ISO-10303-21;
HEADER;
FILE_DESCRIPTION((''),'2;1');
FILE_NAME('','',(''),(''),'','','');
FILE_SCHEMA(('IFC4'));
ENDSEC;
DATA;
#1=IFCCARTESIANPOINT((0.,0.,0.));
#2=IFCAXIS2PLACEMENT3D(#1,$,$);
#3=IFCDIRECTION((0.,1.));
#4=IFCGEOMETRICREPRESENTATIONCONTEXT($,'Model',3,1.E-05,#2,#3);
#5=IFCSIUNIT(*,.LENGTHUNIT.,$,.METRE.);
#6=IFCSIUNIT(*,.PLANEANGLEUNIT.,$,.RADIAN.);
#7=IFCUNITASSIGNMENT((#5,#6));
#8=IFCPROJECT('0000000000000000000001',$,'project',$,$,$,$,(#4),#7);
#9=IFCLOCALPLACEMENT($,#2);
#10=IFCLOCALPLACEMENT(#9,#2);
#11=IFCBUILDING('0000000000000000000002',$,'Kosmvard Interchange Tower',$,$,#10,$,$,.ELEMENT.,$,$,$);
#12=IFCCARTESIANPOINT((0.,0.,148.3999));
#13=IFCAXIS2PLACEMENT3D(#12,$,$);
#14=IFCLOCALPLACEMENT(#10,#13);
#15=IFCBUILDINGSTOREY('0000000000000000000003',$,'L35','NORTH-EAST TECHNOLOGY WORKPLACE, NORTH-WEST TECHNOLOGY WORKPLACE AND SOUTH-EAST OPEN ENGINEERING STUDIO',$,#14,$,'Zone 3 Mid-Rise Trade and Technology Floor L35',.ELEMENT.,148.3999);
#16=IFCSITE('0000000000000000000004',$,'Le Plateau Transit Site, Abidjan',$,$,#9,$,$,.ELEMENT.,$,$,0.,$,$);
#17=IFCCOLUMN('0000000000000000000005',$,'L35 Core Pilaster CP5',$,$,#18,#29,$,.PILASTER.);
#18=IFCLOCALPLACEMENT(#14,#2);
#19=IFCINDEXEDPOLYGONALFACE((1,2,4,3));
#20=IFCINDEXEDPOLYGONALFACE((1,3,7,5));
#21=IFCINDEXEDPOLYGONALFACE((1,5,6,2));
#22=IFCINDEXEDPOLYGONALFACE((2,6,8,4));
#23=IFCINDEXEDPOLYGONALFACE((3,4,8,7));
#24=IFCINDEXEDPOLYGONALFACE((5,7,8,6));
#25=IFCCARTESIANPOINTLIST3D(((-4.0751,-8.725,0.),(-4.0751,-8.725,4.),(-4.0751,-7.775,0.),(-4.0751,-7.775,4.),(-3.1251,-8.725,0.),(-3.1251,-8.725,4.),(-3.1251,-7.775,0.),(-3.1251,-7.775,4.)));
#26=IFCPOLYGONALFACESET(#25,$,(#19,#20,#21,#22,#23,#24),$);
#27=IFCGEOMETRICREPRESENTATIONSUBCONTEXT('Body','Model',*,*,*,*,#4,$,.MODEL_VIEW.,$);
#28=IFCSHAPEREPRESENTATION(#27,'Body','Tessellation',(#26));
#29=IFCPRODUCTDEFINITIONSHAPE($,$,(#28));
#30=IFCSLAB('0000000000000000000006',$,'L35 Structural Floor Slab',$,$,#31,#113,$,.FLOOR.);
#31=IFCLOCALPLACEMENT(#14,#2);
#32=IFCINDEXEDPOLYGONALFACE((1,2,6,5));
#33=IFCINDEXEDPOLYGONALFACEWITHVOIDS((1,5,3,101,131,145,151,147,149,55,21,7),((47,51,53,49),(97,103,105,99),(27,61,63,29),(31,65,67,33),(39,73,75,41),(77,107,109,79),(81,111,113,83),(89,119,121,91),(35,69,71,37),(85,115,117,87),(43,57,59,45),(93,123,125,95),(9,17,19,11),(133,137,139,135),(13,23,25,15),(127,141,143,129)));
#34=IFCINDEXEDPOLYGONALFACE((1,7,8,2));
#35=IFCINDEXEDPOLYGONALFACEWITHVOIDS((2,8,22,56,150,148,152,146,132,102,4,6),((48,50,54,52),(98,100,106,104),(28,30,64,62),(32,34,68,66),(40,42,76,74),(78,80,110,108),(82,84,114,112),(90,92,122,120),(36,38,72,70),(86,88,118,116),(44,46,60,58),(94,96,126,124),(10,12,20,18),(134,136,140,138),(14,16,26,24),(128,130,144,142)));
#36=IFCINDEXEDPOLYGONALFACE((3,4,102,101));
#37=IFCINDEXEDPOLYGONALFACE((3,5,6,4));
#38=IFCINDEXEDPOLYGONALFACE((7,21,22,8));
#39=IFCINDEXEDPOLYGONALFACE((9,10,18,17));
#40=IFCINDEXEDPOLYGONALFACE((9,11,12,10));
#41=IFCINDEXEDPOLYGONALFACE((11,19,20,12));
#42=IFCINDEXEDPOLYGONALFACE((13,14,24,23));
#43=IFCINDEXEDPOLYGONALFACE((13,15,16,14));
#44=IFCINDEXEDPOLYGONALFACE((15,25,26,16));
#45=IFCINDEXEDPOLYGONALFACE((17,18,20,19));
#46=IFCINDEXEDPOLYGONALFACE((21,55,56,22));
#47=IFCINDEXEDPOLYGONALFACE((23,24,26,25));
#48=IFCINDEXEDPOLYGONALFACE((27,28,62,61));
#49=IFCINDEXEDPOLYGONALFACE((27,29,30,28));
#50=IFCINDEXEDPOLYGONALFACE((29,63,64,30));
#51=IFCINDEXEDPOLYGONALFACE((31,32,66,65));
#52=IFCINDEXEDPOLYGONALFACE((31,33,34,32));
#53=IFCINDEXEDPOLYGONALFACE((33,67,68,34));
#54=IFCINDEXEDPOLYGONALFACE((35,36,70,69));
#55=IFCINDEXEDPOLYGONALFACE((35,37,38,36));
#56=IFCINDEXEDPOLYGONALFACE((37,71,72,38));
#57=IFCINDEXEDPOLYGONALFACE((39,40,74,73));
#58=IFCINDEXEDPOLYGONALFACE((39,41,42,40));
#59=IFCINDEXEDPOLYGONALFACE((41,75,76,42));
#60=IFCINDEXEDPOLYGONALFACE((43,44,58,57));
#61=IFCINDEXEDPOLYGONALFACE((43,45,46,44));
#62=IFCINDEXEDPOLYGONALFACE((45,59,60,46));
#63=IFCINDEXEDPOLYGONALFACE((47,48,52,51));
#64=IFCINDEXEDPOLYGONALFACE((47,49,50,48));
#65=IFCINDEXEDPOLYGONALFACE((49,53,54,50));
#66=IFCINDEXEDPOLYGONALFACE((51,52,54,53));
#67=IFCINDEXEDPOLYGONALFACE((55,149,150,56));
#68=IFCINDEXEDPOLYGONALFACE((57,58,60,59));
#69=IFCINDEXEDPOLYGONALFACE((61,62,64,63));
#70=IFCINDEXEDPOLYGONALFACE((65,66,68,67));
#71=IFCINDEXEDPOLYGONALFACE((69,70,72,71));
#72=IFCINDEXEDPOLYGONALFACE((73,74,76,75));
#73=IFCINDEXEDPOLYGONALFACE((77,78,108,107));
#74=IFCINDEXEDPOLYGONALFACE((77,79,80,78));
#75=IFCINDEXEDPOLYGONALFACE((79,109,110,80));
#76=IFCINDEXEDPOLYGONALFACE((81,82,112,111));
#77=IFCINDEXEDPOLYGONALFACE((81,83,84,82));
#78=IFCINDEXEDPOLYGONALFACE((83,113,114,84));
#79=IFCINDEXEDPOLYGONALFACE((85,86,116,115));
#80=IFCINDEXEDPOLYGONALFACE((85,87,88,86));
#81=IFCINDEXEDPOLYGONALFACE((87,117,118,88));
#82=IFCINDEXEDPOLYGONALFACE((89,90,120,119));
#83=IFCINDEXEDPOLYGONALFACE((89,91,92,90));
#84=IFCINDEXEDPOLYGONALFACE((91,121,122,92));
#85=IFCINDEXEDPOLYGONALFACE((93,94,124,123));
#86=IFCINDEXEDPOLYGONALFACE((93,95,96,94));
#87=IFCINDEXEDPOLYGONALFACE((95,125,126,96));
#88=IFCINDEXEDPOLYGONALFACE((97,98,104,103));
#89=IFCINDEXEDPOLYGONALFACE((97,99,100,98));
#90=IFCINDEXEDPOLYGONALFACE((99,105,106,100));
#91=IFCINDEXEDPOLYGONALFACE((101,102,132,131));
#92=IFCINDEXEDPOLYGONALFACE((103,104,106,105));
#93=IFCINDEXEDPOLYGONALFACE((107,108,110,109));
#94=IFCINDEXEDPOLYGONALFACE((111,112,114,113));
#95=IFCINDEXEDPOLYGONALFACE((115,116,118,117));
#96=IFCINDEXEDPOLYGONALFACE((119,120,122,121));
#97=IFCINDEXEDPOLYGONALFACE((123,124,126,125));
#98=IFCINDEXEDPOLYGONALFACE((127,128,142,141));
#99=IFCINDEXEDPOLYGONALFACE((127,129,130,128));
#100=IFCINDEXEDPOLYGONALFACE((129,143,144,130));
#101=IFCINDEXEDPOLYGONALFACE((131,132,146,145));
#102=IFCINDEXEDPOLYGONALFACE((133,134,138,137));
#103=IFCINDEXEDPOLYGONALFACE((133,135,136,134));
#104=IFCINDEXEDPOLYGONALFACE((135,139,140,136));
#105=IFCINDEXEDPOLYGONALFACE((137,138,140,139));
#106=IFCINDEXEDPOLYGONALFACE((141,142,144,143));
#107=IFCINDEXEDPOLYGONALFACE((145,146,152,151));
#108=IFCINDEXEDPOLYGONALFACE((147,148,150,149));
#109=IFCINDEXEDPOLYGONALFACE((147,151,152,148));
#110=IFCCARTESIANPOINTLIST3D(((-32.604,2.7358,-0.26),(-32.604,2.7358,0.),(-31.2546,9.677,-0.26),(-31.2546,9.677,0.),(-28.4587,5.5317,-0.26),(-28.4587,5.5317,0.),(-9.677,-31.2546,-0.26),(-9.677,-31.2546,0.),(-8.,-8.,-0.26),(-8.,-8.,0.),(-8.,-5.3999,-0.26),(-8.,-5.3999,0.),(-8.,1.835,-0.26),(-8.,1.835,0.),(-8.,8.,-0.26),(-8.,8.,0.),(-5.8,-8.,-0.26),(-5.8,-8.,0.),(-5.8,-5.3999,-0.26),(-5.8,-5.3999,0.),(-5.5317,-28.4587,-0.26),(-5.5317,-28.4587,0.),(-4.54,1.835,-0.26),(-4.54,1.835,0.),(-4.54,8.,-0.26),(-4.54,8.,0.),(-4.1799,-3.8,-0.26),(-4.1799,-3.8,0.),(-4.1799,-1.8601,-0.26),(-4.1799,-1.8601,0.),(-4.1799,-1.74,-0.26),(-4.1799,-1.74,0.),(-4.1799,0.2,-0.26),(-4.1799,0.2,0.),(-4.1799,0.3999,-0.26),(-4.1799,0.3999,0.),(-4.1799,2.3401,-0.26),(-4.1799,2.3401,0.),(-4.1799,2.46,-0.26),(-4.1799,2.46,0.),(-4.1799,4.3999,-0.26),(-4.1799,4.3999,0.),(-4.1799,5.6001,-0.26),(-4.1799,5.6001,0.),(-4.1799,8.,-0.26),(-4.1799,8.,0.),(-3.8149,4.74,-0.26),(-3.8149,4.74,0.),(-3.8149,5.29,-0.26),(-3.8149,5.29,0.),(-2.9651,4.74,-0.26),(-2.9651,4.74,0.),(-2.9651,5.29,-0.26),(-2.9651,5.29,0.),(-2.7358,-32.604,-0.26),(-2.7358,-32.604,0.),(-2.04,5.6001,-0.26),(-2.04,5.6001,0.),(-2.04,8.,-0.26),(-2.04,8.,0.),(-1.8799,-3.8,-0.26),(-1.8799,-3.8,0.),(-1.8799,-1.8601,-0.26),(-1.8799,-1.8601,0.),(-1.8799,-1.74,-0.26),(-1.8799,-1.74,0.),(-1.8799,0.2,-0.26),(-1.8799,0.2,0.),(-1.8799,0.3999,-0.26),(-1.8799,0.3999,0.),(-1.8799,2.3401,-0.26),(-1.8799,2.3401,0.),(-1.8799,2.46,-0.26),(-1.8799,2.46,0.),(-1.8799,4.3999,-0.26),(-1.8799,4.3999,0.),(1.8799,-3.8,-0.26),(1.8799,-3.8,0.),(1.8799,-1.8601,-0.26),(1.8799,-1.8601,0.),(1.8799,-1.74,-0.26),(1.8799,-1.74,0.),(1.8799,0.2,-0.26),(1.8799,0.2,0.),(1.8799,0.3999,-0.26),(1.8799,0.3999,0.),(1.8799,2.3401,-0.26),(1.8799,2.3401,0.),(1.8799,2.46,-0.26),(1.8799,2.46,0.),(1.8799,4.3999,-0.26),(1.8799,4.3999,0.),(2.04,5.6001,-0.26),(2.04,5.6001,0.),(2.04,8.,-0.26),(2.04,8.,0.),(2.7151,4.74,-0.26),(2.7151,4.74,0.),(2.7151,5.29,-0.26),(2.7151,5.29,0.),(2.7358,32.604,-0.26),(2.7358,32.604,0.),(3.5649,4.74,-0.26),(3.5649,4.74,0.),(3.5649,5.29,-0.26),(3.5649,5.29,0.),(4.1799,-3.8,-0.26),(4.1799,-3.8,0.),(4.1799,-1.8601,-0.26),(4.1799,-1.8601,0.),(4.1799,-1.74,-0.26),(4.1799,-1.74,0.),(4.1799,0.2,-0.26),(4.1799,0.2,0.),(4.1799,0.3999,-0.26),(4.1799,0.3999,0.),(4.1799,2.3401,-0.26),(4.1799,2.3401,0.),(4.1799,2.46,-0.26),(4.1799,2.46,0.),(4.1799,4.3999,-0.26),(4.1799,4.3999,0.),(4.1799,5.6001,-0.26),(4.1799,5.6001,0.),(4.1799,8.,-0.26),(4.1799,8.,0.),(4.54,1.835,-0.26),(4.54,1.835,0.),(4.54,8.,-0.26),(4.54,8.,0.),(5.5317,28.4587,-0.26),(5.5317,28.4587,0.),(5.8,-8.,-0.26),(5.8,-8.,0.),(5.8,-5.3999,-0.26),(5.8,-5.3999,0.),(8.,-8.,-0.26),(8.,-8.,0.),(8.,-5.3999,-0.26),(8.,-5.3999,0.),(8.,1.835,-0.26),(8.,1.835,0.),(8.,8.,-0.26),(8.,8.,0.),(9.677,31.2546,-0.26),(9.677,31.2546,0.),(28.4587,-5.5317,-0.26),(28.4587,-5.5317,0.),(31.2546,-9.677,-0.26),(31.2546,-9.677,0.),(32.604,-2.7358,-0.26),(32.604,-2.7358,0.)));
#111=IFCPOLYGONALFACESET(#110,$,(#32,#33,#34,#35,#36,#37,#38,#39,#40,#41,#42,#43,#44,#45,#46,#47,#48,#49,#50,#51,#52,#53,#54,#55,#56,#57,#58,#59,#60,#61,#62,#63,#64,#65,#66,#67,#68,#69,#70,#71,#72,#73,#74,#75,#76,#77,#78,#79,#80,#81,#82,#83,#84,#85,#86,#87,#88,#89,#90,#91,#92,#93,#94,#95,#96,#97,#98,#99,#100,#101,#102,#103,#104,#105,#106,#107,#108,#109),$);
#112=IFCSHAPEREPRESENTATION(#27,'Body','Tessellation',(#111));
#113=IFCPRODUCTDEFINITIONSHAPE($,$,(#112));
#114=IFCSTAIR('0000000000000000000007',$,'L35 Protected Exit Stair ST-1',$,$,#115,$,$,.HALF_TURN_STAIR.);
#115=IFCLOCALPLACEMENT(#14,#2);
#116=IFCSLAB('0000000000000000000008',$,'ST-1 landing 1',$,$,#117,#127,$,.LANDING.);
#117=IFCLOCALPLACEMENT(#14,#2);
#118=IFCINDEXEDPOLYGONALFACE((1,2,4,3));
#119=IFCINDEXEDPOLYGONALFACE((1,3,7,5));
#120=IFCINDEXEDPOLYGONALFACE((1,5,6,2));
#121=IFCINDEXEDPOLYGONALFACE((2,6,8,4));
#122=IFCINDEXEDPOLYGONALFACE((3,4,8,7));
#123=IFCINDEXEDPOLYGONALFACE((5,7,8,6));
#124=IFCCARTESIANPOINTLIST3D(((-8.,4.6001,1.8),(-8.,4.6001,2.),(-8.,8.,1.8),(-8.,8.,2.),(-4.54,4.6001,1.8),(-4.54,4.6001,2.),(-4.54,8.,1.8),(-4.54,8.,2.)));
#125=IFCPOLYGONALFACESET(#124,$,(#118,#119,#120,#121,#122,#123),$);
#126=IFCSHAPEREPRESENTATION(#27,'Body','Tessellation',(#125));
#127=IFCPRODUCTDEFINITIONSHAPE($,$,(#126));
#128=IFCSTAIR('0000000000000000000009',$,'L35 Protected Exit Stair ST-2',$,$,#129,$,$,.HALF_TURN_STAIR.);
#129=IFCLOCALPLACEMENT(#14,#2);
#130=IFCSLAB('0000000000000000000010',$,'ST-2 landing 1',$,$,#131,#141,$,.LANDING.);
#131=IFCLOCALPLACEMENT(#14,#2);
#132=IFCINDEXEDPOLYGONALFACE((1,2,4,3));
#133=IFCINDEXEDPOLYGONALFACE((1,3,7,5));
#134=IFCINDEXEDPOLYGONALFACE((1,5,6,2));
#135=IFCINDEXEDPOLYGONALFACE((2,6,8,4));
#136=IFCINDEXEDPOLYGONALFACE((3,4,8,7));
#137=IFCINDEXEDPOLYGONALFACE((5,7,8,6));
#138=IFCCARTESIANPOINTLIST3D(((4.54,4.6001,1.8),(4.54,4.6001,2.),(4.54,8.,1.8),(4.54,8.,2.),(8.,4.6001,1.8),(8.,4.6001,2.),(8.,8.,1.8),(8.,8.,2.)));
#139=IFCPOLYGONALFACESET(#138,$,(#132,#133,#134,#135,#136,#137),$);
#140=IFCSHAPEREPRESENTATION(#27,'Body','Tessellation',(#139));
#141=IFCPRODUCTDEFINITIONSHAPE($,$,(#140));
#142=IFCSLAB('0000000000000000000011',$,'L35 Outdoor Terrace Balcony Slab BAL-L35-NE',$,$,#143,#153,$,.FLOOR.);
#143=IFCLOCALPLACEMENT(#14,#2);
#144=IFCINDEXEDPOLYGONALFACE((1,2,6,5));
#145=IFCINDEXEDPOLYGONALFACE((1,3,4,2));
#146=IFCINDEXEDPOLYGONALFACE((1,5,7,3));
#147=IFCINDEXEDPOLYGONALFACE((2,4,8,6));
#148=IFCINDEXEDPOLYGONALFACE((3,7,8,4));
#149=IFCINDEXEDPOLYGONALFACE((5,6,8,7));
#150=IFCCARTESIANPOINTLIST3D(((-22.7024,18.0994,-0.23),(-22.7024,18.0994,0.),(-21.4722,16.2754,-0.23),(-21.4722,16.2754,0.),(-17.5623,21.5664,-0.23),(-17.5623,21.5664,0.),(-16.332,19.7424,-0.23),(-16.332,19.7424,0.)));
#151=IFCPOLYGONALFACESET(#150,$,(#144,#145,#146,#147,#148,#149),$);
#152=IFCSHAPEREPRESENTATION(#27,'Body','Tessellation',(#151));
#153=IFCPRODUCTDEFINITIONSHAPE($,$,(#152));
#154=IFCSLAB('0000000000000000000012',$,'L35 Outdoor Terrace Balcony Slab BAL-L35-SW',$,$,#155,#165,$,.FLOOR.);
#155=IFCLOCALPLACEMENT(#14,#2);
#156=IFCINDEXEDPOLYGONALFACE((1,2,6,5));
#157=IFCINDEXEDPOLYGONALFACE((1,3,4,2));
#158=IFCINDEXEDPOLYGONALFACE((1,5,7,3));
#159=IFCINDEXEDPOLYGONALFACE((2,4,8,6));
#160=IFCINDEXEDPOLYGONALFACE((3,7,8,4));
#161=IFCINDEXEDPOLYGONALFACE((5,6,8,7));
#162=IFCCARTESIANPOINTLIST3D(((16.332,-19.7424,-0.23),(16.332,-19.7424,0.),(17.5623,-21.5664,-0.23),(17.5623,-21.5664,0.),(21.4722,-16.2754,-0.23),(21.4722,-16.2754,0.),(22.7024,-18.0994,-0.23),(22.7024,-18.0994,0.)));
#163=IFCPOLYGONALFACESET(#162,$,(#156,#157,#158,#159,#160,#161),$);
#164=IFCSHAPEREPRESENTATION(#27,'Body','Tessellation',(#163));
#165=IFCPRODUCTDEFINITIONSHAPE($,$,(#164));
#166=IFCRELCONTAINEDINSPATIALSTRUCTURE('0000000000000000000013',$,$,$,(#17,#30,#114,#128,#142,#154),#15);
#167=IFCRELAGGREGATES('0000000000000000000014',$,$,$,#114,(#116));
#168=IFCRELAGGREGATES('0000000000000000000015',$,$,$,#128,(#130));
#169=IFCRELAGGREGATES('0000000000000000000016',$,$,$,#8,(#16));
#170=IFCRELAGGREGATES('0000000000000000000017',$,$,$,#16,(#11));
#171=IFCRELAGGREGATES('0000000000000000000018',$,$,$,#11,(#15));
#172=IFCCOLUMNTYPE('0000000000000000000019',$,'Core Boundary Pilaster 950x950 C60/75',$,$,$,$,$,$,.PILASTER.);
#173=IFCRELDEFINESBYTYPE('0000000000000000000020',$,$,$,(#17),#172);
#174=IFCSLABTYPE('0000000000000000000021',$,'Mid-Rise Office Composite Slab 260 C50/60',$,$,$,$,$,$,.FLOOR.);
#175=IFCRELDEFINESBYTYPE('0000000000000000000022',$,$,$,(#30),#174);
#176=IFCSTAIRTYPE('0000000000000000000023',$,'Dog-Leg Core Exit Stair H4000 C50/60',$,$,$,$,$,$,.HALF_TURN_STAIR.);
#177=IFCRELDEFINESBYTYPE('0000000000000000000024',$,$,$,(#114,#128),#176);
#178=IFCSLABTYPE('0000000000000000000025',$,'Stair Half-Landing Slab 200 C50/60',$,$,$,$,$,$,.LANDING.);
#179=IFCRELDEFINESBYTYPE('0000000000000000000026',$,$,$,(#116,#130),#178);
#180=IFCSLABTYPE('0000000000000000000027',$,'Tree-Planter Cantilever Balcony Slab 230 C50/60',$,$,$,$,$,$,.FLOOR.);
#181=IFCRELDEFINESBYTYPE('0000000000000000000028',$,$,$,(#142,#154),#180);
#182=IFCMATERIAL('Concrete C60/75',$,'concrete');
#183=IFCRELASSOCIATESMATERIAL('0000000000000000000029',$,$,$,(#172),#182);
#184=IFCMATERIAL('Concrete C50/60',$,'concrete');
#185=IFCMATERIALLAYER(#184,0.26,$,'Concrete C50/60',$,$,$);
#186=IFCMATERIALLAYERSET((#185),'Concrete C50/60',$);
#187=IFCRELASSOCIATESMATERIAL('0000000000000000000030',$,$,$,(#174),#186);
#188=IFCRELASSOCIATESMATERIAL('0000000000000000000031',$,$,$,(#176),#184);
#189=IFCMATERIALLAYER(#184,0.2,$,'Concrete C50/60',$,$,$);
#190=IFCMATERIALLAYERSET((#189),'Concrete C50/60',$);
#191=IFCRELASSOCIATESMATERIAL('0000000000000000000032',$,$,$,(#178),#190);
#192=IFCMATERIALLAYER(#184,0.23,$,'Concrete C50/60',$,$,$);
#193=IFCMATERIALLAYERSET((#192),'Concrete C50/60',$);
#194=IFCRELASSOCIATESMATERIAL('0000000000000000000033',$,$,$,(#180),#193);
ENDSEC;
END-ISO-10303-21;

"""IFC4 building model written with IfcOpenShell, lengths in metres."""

from ifc_helpers import new_model, si_unit, direction, frame, origin, origin_2d, place, context, subcontext, project, spatial, polyline, rectangle, outline, extrude, source, transform, mapped, material, layer, layer_set, material_profile, profile_set, type_object, element, aggregate, save


model = new_model("IFC4")

# Units and contexts
model_context = context("Model", 3, precision=1e-05, world=origin(), true_north=direction((0.0, 1.0)))
body_context = subcontext(model_context, "Body", "Model", "MODEL_VIEW")
ifc_project = project(units=[si_unit("LENGTHUNIT", "METRE"), si_unit("PLANEANGLEUNIT", "RADIAN")], contexts=[model_context])

# Site, building, storey
site_placement = place(None, origin())
site = spatial("IfcSite", under=ifc_project, at=site_placement, Name="Le Plateau Transit Site, Abidjan", CompositionType="ELEMENT", RefElevation=0.0)
building_placement = place(site_placement, origin())
building = spatial("IfcBuilding", under=site, at=building_placement, Name="Kosmvard Interchange Tower", CompositionType="ELEMENT")
storey_placement = place(building_placement, frame((0.0, 0.0, 148.3999)))
storey = spatial("IfcBuildingStorey", under=building, at=storey_placement, Name="L35", Description="NORTH-EAST TECHNOLOGY WORKPLACE, NORTH-WEST TECHNOLOGY WORKPLACE AND SOUTH-EAST OPEN ENGINEERING STUDIO", LongName="Zone 3 Mid-Rise Trade and Technology Floor L35", CompositionType="ELEMENT", Elevation=148.3999)

# Column
ifc_material_1 = material(Name="Concrete C60/75", Category="concrete")
ifc_material_profile = material_profile(ifc_material_1, rectangle(XDim=0.95, YDim=0.95, at=origin_2d()), Name="CP 950x950")
ifc_profile_set = profile_set([ifc_material_profile], Name="Concrete C60/75")
column_type = type_object("IfcColumnType", Name="Core Boundary Pilaster 950x950 C60/75", PredefinedType="PILASTER", material=ifc_profile_set)
shared_shape_1 = source(origin(), body_context, "Body", "SweptSolid", [
    extrude(rectangle(XDim=0.95, YDim=0.95, at=origin_2d()), origin(), (0.0, 0.0, 1.0), 4.0),
])
column_placement = place(storey_placement, frame((-3.6001, -8.25, 0.0), z_axis=(0.0, 0.0, 1.0), x_axis=(1.0, 0.0, 0.0)))
element("IfcColumn", 1, at=column_placement, inside=storey, type_object=column_type, Name="L35 Core Pilaster CP5", PredefinedType="PILASTER", context=body_context, shape_type="MappedRepresentation", body=[
    mapped(shared_shape_1, transform((0.0, 0.0, 0.0), scale=1.0)),
])

# Slab
ifc_material_2 = material(Name="Concrete C50/60", Category="concrete")
ifc_layer_1 = layer(ifc_material_2, 0.26, Name="Concrete C50/60")
ifc_layer_set_1 = layer_set([ifc_layer_1], Name="Concrete C50/60")
slab_type_1 = type_object("IfcSlabType", Name="Mid-Rise Office Composite Slab 260 C50/60", PredefinedType="FLOOR", material=ifc_layer_set_1)
slab_1_placement = place(storey_placement, frame((0.0, 0.0, -0.26)))
element("IfcSlab", 2, at=slab_1_placement, inside=storey, type_object=slab_type_1, Name="L35 Structural Floor Slab", PredefinedType="FLOOR", context=body_context, shape_type="SweptSolid", body=[
    extrude(outline(polyline([(-2.7358, -32.604), (31.2546, -9.677), (28.4587, -5.5317), (32.604, -2.7358), (9.677, 31.2546), (5.5317, 28.4587), (2.7358, 32.604), (-31.2546, 9.677), (-28.4587, 5.5317), (-32.604, 2.7358), (-9.677, -31.2546), (-5.5317, -28.4587), (-2.7358, -32.604)]), holes=[polyline([(-8.0, 1.835), (-4.54, 1.835), (-4.54, 8.0), (-8.0, 8.0), (-8.0, 1.835)]), polyline([(4.54, 1.835), (8.0, 1.835), (8.0, 8.0), (4.54, 8.0), (4.54, 1.835)]), polyline([(-8.0, -8.0), (-5.8, -8.0), (-5.8, -5.3999), (-8.0, -5.3999), (-8.0, -8.0)]), polyline([(5.8, -8.0), (8.0, -8.0), (8.0, -5.3999), (5.8, -5.3999), (5.8, -8.0)]), polyline([(-4.1799, -3.8), (-1.8799, -3.8), (-1.8799, -1.8601), (-4.1799, -1.8601), (-4.1799, -3.8)]), polyline([(-4.1799, -1.74), (-1.8799, -1.74), (-1.8799, 0.2), (-4.1799, 0.2), (-4.1799, -1.74)]), polyline([(1.8799, -3.8), (4.1799, -3.8), (4.1799, -1.8601), (1.8799, -1.8601), (1.8799, -3.8)]), polyline([(1.8799, -1.74), (4.1799, -1.74), (4.1799, 0.2), (1.8799, 0.2), (1.8799, -1.74)]), polyline([(-4.1799, 0.3999), (-1.8799, 0.3999), (-1.8799, 2.3401), (-4.1799, 2.3401), (-4.1799, 0.3999)]), polyline([(-4.1799, 2.46), (-1.8799, 2.46), (-1.8799, 4.3999), (-4.1799, 4.3999), (-4.1799, 2.46)]), polyline([(1.8799, 0.3999), (4.1799, 0.3999), (4.1799, 2.3401), (1.8799, 2.3401), (1.8799, 0.3999)]), polyline([(1.8799, 2.46), (4.1799, 2.46), (4.1799, 4.3999), (1.8799, 4.3999), (1.8799, 2.46)]), polyline([(-4.1799, 5.6001), (-2.04, 5.6001), (-2.04, 8.0), (-4.1799, 8.0), (-4.1799, 5.6001)]), polyline([(2.04, 5.6001), (4.1799, 5.6001), (4.1799, 8.0), (2.04, 8.0), (2.04, 5.6001)]), polyline([(-3.8149, 4.74), (-2.9651, 4.74), (-2.9651, 5.29), (-3.8149, 5.29), (-3.8149, 4.74)]), polyline([(2.7151, 4.74), (3.5649, 4.74), (3.5649, 5.29), (2.7151, 5.29), (2.7151, 4.74)])]), origin(), (0.0, 0.0, 1.0), 0.26),
])

# Stairs, slabs
stair_type = type_object("IfcStairType", Name="Dog-Leg Core Exit Stair H4000 C50/60", PredefinedType="HALF_TURN_STAIR", material=ifc_material_2)
stair_1_placement = place(storey_placement, origin())
stair_1 = element("IfcStair", 3, at=stair_1_placement, inside=storey, type_object=stair_type, Name="L35 Protected Exit Stair ST-1", PredefinedType="HALF_TURN_STAIR")
ifc_layer_2 = layer(ifc_material_2, 0.2, Name="Concrete C50/60")
ifc_layer_set_2 = layer_set([ifc_layer_2], Name="Concrete C50/60")
slab_type_2 = type_object("IfcSlabType", Name="Stair Half-Landing Slab 200 C50/60", PredefinedType="LANDING", material=ifc_layer_set_2)
slab_2_placement = place(storey_placement, frame((0.0, 0.0, 1.8)))
slab_2 = element("IfcSlab", 4, at=slab_2_placement, type_object=slab_type_2, Name="ST-1 landing 1", PredefinedType="LANDING", context=body_context, shape_type="SweptSolid", body=[
    extrude(outline(polyline([(-4.54, 4.6001), (-4.54, 8.0), (-8.0, 8.0), (-8.0, 4.6001), (-4.54, 4.6001)])), origin(), (0.0, 0.0, 1.0), 0.2),
])
aggregate(stair_1, [slab_2])
stair_2_placement = place(storey_placement, origin())
stair_2 = element("IfcStair", 5, at=stair_2_placement, inside=storey, type_object=stair_type, Name="L35 Protected Exit Stair ST-2", PredefinedType="HALF_TURN_STAIR")
slab_3_placement = place(storey_placement, frame((0.0, 0.0, 1.8)))
slab_3 = element("IfcSlab", 6, at=slab_3_placement, type_object=slab_type_2, Name="ST-2 landing 1", PredefinedType="LANDING", context=body_context, shape_type="SweptSolid", body=[
    extrude(outline(polyline([(8.0, 4.6001), (8.0, 8.0), (4.54, 8.0), (4.54, 4.6001), (8.0, 4.6001)])), origin(), (0.0, 0.0, 1.0), 0.2),
])
aggregate(stair_2, [slab_3])

# Slabs
ifc_layer_3 = layer(ifc_material_2, 0.23, Name="Concrete C50/60")
ifc_layer_set_3 = layer_set([ifc_layer_3], Name="Concrete C50/60")
slab_type_3 = type_object("IfcSlabType", Name="Tree-Planter Cantilever Balcony Slab 230 C50/60", PredefinedType="FLOOR", material=ifc_layer_set_3)
slab_4_placement = place(storey_placement, frame((0.0, 0.0, -0.23)))
element("IfcSlab", 7, at=slab_4_placement, inside=storey, type_object=slab_type_3, Name="L35 Outdoor Terrace Balcony Slab BAL-L35-NE", PredefinedType="FLOOR", context=body_context, shape_type="SweptSolid", body=[
    extrude(outline(polyline([(-21.4722, 16.2754), (-16.332, 19.7424), (-17.5623, 21.5664), (-22.7024, 18.0994), (-21.4722, 16.2754)])), origin(), (0.0, 0.0, 1.0), 0.23),
])
slab_5_placement = place(storey_placement, frame((0.0, 0.0, -0.23)))
element("IfcSlab", 8, at=slab_5_placement, inside=storey, type_object=slab_type_3, Name="L35 Outdoor Terrace Balcony Slab BAL-L35-SW", PredefinedType="FLOOR", context=body_context, shape_type="SweptSolid", body=[
    extrude(outline(polyline([(17.5623, -21.5664), (22.7024, -18.0994), (21.4722, -16.2754), (16.332, -19.7424), (17.5623, -21.5664)])), origin(), (0.0, 0.0, 1.0), 0.23),
])

save(model, "model.ifc")
